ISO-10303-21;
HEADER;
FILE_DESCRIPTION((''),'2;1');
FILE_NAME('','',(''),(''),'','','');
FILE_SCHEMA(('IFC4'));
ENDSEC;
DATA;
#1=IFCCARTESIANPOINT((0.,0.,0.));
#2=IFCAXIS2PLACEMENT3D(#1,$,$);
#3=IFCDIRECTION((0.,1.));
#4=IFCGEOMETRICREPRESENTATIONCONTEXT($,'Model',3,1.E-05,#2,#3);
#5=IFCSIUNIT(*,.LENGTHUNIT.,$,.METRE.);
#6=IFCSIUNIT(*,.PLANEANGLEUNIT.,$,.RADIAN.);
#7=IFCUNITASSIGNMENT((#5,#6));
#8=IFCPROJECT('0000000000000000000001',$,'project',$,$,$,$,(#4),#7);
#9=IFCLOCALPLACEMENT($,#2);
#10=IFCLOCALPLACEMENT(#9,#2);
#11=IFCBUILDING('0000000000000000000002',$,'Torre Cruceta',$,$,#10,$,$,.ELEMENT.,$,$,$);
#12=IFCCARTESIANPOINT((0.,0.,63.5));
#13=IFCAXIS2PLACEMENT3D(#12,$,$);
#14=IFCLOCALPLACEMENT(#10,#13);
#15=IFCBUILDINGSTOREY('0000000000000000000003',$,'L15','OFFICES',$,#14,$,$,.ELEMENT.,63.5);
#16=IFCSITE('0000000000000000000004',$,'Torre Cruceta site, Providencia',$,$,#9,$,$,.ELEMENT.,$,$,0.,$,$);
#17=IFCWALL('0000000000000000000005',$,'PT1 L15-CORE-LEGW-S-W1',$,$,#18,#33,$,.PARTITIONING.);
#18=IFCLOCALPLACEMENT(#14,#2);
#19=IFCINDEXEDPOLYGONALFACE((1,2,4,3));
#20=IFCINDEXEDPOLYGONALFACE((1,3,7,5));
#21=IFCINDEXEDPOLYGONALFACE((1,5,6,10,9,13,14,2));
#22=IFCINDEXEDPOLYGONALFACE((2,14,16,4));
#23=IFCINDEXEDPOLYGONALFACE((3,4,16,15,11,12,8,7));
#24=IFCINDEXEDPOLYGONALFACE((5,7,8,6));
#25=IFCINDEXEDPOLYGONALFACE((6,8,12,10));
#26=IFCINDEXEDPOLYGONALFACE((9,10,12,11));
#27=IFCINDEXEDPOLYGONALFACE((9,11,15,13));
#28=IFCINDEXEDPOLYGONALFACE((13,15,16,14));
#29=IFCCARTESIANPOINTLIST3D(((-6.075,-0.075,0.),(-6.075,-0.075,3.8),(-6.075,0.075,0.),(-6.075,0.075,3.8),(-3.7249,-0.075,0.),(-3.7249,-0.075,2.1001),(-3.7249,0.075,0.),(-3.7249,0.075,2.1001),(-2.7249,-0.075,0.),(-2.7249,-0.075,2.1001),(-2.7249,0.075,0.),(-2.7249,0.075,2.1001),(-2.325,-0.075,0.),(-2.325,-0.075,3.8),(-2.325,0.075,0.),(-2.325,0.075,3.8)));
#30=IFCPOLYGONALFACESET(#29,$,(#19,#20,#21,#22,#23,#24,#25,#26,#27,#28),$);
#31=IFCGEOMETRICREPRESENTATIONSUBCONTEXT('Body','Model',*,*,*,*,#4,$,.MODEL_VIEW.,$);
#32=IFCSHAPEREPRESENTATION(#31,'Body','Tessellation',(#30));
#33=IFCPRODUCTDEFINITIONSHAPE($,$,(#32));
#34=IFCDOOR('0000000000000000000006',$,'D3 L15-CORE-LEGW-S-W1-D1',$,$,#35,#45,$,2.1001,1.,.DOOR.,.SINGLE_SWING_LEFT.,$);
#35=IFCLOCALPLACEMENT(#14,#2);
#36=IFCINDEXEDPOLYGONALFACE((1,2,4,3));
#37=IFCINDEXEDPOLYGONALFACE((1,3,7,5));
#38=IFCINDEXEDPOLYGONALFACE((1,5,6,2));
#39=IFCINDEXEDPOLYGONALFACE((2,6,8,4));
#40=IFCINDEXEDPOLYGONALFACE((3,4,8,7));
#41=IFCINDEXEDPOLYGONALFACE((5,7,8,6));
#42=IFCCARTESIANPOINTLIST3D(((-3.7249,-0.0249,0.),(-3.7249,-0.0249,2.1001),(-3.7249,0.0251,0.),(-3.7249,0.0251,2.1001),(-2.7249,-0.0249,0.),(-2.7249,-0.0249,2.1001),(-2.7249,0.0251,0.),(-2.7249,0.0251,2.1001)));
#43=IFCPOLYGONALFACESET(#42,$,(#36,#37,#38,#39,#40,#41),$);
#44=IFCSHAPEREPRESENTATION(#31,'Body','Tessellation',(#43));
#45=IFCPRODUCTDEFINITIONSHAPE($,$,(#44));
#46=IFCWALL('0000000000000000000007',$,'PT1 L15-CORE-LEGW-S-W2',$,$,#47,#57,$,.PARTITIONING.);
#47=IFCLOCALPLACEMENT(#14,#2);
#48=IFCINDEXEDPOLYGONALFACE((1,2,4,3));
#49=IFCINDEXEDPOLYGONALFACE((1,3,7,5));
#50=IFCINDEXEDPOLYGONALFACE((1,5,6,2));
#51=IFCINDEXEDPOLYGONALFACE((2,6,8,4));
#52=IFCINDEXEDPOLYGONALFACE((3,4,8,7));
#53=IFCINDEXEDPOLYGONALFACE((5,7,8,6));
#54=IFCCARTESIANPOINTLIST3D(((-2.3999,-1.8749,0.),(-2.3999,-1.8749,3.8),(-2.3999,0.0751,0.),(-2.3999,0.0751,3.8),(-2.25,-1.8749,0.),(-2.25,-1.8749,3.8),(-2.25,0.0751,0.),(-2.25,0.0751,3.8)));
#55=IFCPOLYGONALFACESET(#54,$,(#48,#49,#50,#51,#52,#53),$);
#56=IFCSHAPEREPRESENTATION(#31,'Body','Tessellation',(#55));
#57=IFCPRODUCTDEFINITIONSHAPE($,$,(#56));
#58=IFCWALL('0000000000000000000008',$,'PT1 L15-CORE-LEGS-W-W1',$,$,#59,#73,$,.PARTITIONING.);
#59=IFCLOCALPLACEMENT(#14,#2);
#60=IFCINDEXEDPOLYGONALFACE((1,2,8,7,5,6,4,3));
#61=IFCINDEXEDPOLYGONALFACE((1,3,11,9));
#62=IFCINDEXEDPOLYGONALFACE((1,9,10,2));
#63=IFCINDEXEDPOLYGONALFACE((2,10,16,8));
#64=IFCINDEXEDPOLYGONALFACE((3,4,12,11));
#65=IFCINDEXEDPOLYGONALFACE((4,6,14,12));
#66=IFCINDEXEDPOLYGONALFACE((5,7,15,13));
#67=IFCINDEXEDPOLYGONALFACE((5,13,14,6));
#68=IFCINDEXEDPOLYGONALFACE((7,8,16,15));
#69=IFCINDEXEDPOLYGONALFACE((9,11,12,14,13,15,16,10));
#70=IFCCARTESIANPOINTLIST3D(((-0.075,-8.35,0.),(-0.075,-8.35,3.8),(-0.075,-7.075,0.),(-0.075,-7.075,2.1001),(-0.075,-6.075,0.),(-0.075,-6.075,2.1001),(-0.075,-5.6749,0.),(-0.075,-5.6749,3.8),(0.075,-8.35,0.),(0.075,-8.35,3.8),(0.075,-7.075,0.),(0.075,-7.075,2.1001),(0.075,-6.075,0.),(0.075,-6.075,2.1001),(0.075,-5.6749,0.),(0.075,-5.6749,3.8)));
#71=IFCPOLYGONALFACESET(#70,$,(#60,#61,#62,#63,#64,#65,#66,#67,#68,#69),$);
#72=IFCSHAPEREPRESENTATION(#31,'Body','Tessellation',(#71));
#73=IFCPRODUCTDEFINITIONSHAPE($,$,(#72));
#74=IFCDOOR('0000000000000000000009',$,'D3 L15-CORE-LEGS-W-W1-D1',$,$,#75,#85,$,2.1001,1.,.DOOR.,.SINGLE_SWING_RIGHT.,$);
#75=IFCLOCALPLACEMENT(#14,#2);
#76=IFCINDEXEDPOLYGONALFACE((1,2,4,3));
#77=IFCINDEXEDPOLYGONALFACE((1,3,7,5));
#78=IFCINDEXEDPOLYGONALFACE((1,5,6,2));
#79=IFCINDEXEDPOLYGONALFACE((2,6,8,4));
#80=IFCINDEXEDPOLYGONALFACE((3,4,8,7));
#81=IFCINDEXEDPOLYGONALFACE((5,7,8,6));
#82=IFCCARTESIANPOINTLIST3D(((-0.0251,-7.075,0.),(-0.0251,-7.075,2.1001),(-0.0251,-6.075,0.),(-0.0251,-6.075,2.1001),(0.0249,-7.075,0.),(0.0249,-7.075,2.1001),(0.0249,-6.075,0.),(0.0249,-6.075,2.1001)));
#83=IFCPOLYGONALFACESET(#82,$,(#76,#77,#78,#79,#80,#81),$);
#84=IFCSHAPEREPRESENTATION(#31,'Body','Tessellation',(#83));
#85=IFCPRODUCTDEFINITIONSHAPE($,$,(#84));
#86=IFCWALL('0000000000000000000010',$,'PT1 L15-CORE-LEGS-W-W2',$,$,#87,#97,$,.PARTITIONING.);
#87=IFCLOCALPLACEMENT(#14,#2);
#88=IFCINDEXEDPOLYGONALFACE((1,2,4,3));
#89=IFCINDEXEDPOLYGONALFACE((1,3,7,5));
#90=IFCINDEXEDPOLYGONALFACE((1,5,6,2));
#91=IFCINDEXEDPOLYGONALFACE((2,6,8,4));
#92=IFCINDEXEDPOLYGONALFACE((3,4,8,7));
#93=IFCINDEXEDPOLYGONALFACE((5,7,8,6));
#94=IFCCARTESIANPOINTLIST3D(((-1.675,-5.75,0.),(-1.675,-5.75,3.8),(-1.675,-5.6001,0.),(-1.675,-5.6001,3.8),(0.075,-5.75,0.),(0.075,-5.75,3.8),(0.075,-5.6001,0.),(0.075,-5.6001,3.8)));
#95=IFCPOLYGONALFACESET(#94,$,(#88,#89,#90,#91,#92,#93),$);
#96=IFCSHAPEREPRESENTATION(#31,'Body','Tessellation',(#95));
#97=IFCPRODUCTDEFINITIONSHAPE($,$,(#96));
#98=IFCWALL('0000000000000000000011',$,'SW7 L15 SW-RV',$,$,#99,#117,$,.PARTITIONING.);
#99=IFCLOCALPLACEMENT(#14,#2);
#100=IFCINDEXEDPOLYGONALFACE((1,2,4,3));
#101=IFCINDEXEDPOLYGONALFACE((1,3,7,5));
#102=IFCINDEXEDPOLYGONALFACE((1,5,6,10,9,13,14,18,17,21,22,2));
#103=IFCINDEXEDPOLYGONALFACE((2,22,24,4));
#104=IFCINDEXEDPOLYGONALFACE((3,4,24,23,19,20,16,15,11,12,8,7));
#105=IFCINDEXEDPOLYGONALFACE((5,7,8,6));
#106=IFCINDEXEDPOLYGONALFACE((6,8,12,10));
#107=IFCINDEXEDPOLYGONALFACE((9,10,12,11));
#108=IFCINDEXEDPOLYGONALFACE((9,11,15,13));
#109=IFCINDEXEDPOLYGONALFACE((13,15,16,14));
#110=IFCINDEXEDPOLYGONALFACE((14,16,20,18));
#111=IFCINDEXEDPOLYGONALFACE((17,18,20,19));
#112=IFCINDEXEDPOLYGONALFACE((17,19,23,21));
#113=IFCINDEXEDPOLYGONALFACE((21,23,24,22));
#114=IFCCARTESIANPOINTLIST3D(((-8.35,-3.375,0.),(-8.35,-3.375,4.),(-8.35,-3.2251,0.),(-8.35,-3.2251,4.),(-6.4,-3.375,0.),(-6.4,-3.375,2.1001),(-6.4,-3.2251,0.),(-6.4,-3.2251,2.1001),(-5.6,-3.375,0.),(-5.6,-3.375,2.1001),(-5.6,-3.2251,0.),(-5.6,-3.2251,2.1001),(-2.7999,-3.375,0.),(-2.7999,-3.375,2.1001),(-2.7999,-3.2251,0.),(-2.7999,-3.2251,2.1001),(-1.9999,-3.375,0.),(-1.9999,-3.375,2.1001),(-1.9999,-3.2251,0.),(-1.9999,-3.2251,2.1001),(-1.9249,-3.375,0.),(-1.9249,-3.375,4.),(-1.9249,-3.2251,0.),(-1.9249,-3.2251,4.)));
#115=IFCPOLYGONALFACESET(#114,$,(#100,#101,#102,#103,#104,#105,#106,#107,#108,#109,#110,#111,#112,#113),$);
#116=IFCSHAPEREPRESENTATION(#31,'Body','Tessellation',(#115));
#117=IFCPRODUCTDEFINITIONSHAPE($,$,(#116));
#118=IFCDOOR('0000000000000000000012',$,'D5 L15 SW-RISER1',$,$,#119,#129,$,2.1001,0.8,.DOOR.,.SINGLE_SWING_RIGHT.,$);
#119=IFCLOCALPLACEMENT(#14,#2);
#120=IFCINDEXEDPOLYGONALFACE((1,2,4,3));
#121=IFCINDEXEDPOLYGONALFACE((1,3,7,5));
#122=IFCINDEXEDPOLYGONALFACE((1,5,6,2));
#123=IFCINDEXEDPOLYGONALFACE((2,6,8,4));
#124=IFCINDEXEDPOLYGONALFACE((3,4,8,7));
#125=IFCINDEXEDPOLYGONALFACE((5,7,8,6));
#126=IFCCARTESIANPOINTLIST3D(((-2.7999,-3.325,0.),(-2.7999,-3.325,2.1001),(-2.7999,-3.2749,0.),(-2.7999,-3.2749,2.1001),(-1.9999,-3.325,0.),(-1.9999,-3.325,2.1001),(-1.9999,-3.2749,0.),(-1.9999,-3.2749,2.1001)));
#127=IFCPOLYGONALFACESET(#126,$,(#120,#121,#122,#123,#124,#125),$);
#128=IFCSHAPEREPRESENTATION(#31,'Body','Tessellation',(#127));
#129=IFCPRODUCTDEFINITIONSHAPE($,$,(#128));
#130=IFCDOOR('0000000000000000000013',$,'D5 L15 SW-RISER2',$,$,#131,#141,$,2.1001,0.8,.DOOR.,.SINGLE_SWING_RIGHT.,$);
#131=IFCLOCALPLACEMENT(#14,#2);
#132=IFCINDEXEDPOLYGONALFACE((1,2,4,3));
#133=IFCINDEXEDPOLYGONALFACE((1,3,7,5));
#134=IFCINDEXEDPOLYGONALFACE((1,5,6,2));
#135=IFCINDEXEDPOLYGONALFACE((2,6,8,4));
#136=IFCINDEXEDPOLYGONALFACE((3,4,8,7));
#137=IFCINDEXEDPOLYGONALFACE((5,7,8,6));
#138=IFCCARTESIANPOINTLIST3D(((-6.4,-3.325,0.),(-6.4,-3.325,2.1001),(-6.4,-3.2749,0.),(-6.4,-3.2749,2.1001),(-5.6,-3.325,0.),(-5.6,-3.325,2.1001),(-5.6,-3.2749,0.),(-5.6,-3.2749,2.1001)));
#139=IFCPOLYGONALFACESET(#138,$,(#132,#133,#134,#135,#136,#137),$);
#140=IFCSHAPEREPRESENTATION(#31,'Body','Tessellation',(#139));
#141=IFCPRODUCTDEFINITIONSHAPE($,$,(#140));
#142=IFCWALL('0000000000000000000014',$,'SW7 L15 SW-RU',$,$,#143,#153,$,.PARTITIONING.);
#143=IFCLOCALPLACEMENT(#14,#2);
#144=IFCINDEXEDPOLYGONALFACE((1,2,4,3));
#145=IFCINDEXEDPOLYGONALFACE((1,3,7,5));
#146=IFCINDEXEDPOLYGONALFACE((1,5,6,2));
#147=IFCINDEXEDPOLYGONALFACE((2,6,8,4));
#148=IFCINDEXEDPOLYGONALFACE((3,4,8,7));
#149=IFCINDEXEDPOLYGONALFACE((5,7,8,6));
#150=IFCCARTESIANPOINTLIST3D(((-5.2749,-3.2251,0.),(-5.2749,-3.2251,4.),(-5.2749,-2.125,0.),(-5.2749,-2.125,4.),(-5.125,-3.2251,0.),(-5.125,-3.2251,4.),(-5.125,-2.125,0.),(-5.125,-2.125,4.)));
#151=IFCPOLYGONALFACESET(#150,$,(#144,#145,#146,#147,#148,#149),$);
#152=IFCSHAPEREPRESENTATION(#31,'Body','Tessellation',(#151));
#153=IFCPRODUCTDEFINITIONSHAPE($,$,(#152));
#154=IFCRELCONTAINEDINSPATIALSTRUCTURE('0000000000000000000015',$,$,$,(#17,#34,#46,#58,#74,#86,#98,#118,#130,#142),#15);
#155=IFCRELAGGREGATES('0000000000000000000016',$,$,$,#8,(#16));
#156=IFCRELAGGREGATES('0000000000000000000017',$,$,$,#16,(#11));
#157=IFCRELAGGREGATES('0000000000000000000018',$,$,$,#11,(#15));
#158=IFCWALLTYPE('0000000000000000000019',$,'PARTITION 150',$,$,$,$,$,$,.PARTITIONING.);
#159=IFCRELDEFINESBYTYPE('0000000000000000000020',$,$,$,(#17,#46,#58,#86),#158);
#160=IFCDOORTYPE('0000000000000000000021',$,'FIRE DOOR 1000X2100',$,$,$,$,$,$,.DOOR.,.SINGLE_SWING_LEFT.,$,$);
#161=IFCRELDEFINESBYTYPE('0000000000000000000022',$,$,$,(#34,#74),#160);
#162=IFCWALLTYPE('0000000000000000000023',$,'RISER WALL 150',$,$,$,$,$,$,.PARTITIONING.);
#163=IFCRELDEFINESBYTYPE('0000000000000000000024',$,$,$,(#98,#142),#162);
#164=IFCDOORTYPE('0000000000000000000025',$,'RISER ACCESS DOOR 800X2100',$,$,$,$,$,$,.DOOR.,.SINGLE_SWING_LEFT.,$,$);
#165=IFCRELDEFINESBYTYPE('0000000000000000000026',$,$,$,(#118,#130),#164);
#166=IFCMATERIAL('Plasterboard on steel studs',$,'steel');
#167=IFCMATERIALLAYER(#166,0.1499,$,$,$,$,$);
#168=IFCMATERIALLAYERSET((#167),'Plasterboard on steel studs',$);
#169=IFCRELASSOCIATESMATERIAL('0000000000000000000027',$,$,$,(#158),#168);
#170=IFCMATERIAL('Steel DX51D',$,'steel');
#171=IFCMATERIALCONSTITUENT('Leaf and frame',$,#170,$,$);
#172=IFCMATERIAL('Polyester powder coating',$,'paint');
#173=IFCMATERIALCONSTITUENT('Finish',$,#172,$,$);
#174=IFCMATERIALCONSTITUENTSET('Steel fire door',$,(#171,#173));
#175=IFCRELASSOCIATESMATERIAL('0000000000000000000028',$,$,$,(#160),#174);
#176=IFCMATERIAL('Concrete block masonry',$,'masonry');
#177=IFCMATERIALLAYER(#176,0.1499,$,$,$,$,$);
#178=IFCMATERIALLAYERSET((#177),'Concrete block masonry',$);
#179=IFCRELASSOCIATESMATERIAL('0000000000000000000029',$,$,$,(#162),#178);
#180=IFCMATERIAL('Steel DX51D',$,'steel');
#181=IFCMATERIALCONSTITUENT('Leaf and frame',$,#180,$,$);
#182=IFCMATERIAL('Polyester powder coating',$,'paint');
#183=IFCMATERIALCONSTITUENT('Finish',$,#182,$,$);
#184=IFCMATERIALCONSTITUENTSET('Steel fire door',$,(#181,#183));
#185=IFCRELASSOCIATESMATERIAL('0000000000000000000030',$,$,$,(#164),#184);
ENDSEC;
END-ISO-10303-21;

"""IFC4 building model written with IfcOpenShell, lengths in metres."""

from ifc_helpers import new_model, si_unit, direction, frame, frame_2d, origin, place, context, subcontext, project, spatial, rectangle, extrude, material, layer, layer_set, constituent, constituent_set, type_object, element, fill, save


model = new_model("IFC4")

# Units and contexts
model_context = context("Model", 3, precision=1e-05, world=origin(), true_north=direction((0.0, 1.0)))
body_context = subcontext(model_context, "Body", "Model", "MODEL_VIEW")
ifc_project = project(units=[si_unit("LENGTHUNIT", "METRE"), si_unit("PLANEANGLEUNIT", "RADIAN")], contexts=[model_context])

# Site, building, storey
site_placement = place(None, origin())
site = spatial("IfcSite", under=ifc_project, at=site_placement, Name="Torre Cruceta site, Providencia", CompositionType="ELEMENT", RefElevation=0.0)
building_placement = place(site_placement, origin())
building = spatial("IfcBuilding", under=site, at=building_placement, Name="Torre Cruceta", CompositionType="ELEMENT")
storey_placement = place(building_placement, frame((0.0, 0.0, 63.5)))
storey = spatial("IfcBuildingStorey", under=building, at=storey_placement, Name="L15", Description="OFFICES", CompositionType="ELEMENT", Elevation=63.5)

# Wall, opening, door
ifc_material_1 = material(Name="Plasterboard on steel studs", Category="steel")
ifc_layer_1 = layer(ifc_material_1, 0.1499)
ifc_layer_set_1 = layer_set([ifc_layer_1], Name="Plasterboard on steel studs")
wall_type_1 = type_object("IfcWallType", Name="PARTITION 150", PredefinedType="PARTITIONING", material=ifc_layer_set_1)
wall_1_placement = place(storey_placement, frame((-2.325, 0.0, 0.0), z_axis=(0.0, 0.0, 1.0), x_axis=(-1.0, 0.0, 0.0)))
wall_1 = element("IfcWall", 1, at=wall_1_placement, inside=storey, type_object=wall_type_1, Name="PT1 L15-CORE-LEGW-S-W1", PredefinedType="PARTITIONING", context=body_context, shape_type="SweptSolid", body=[
    extrude(rectangle(XDim=3.75, YDim=0.1499, at=frame_2d((1.875, 0.0))), origin(), (0.0, 0.0, 1.0), 3.8),
])
opening_1_placement = place(wall_1_placement, frame((0.3999, 0.0, 0.0)))
opening_1 = element("IfcOpeningElement", 2, at=opening_1_placement, cuts=wall_1, PredefinedType="OPENING", context=body_context, shape_type="SweptSolid", body=[
    extrude(rectangle(XDim=1.0, YDim=2.1001, at=frame_2d((0.5, 1.05))), frame((0.0, 0.085, 0.0), z_axis=(0.0, -1.0, 0.0), x_axis=(1.0, 0.0, 0.0)), (0.0, 0.0, 1.0), 0.1699),
])
ifc_material_2 = material(Name="Steel DX51D", Category="steel")
ifc_constituent_1 = constituent(ifc_material_2, Name="Leaf and frame")
ifc_material_3 = material(Name="Polyester powder coating", Category="paint")
ifc_constituent_2 = constituent(ifc_material_3, Name="Finish")
ifc_constituent_set_1 = constituent_set(constituents=[ifc_constituent_1, ifc_constituent_2], Name="Steel fire door")
door_type_1 = type_object("IfcDoorType", Name="FIRE DOOR 1000X2100", OperationType="SINGLE_SWING_LEFT", PredefinedType="DOOR", material=ifc_constituent_set_1)
door_1_placement = place(opening_1_placement, origin())
door_1 = element("IfcDoor", 3, at=door_1_placement, inside=storey, type_object=door_type_1, Name="D3 L15-CORE-LEGW-S-W1-D1", OperationType="SINGLE_SWING_LEFT", OverallHeight=2.1001, OverallWidth=1.0, PredefinedType="DOOR", context=body_context, shape_type="SweptSolid", body=[
    extrude(rectangle(XDim=1.0, YDim=2.1001, at=frame_2d((0.5, 1.05))), frame((0.0, 0.0249, 0.0), z_axis=(0.0, -1.0, 0.0), x_axis=(1.0, 0.0, 0.0)), (0.0, 0.0, 1.0), 0.05),
])
fill(opening_1, door_1)

# Wall
wall_2_placement = place(storey_placement, frame((-2.325, -1.875, 0.0), z_axis=(0.0, 0.0, 1.0), x_axis=(0.0, 1.0, 0.0)))
element("IfcWall", 4, at=wall_2_placement, inside=storey, type_object=wall_type_1, Name="PT1 L15-CORE-LEGW-S-W2", PredefinedType="PARTITIONING", context=body_context, shape_type="SweptSolid", body=[
    extrude(rectangle(XDim=1.95, YDim=0.1499, at=frame_2d((0.9751, 0.0))), origin(), (0.0, 0.0, 1.0), 3.8),
])

# Wall, opening, door
wall_3_placement = place(storey_placement, frame((0.0, -5.675, 0.0), z_axis=(0.0, 0.0, 1.0), x_axis=(0.0, -1.0, 0.0)))
wall_3 = element("IfcWall", 5, at=wall_3_placement, inside=storey, type_object=wall_type_1, Name="PT1 L15-CORE-LEGS-W-W1", PredefinedType="PARTITIONING", context=body_context, shape_type="SweptSolid", body=[
    extrude(rectangle(XDim=2.675, YDim=0.1499, at=frame_2d((1.3374, 0.0))), origin(), (0.0, 0.0, 1.0), 3.8),
])
opening_2_placement = place(wall_3_placement, frame((0.3999, 0.0, 0.0)))
opening_2 = element("IfcOpeningElement", 6, at=opening_2_placement, cuts=wall_3, PredefinedType="OPENING", context=body_context, shape_type="SweptSolid", body=[
    extrude(rectangle(XDim=1.0, YDim=2.1001, at=frame_2d((0.5, 1.05))), frame((0.0, 0.085, 0.0), z_axis=(0.0, -1.0, 0.0), x_axis=(1.0, 0.0, 0.0)), (0.0, 0.0, 1.0), 0.1699),
])
door_2_placement = place(opening_2_placement, frame((1.0, 0.0, 0.0), z_axis=(0.0, 0.0, 1.0), x_axis=(-1.0, 0.0, 0.0)))
door_2 = element("IfcDoor", 7, at=door_2_placement, inside=storey, type_object=door_type_1, Name="D3 L15-CORE-LEGS-W-W1-D1", OperationType="SINGLE_SWING_RIGHT", OverallHeight=2.1001, OverallWidth=1.0, PredefinedType="DOOR", context=body_context, shape_type="SweptSolid", body=[
    extrude(rectangle(XDim=1.0, YDim=2.1001, at=frame_2d((0.5, 1.05))), frame((0.0, 0.0251, 0.0), z_axis=(0.0, -1.0, 0.0), x_axis=(1.0, 0.0, 0.0)), (0.0, 0.0, 1.0), 0.05),
])
fill(opening_2, door_2)

# Wall
wall_4_placement = place(storey_placement, frame((-1.675, -5.675, 0.0), z_axis=(0.0, 0.0, 1.0), x_axis=(1.0, 0.0, 0.0)))
element("IfcWall", 8, at=wall_4_placement, inside=storey, type_object=wall_type_1, Name="PT1 L15-CORE-LEGS-W-W2", PredefinedType="PARTITIONING", context=body_context, shape_type="SweptSolid", body=[
    extrude(rectangle(XDim=1.75, YDim=0.1499, at=frame_2d((0.875, 0.0))), origin(), (0.0, 0.0, 1.0), 3.8),
])

# Wall, openings, doors
ifc_material_4 = material(Name="Concrete block masonry", Category="masonry")
ifc_layer_2 = layer(ifc_material_4, 0.1499)
ifc_layer_set_2 = layer_set([ifc_layer_2], Name="Concrete block masonry")
wall_type_2 = type_object("IfcWallType", Name="RISER WALL 150", PredefinedType="PARTITIONING", material=ifc_layer_set_2)
wall_5_placement = place(storey_placement, frame((-1.925, -3.3, 0.0), z_axis=(0.0, 0.0, 1.0), x_axis=(-1.0, 0.0, 0.0)))
wall_5 = element("IfcWall", 9, at=wall_5_placement, inside=storey, type_object=wall_type_2, Name="SW7 L15 SW-RV", PredefinedType="PARTITIONING", context=body_context, shape_type="SweptSolid", body=[
    extrude(rectangle(XDim=6.425, YDim=0.1499, at=frame_2d((3.2124, 0.0))), origin(), (0.0, 0.0, 1.0), 4.0),
])
opening_3_placement = place(wall_5_placement, frame((0.075, 0.0, 0.0)))
opening_3 = element("IfcOpeningElement", 10, at=opening_3_placement, cuts=wall_5, PredefinedType="OPENING", context=body_context, shape_type="SweptSolid", body=[
    extrude(rectangle(XDim=0.8, YDim=2.1001, at=frame_2d((0.3999, 1.05))), frame((0.0, 0.085, 0.0), z_axis=(0.0, -1.0, 0.0), x_axis=(1.0, 0.0, 0.0)), (0.0, 0.0, 1.0), 0.1699),
])
opening_4_placement = place(wall_5_placement, frame((3.675, 0.0, 0.0)))
opening_4 = element("IfcOpeningElement", 11, at=opening_4_placement, cuts=wall_5, PredefinedType="OPENING", context=body_context, shape_type="SweptSolid", body=[
    extrude(rectangle(XDim=0.8, YDim=2.1001, at=frame_2d((0.3999, 1.05))), frame((0.0, 0.085, 0.0), z_axis=(0.0, -1.0, 0.0), x_axis=(1.0, 0.0, 0.0)), (0.0, 0.0, 1.0), 0.1699),
])
ifc_material_5 = material(Name="Steel DX51D", Category="steel")
ifc_constituent_3 = constituent(ifc_material_5, Name="Leaf and frame")
ifc_material_6 = material(Name="Polyester powder coating", Category="paint")
ifc_constituent_4 = constituent(ifc_material_6, Name="Finish")
ifc_constituent_set_2 = constituent_set(constituents=[ifc_constituent_3, ifc_constituent_4], Name="Steel fire door")
door_type_2 = type_object("IfcDoorType", Name="RISER ACCESS DOOR 800X2100", OperationType="SINGLE_SWING_LEFT", PredefinedType="DOOR", material=ifc_constituent_set_2)
door_3_placement = place(opening_3_placement, frame((0.8, 0.0, 0.0), z_axis=(0.0, 0.0, 1.0), x_axis=(-1.0, 0.0, 0.0)))
door_3 = element("IfcDoor", 12, at=door_3_placement, inside=storey, type_object=door_type_2, Name="D5 L15 SW-RISER1", OperationType="SINGLE_SWING_RIGHT", OverallHeight=2.1001, OverallWidth=0.8, PredefinedType="DOOR", context=body_context, shape_type="SweptSolid", body=[
    extrude(rectangle(XDim=0.8, YDim=2.1001, at=frame_2d((0.4001, 1.05))), frame((0.0, 0.0251, 0.0), z_axis=(0.0, -1.0, 0.0), x_axis=(1.0, 0.0, 0.0)), (0.0, 0.0, 1.0), 0.05),
])
fill(opening_3, door_3)
door_4_placement = place(opening_4_placement, frame((0.8, 0.0, 0.0), z_axis=(0.0, 0.0, 1.0), x_axis=(-1.0, 0.0, 0.0)))
door_4 = element("IfcDoor", 13, at=door_4_placement, inside=storey, type_object=door_type_2, Name="D5 L15 SW-RISER2", OperationType="SINGLE_SWING_RIGHT", OverallHeight=2.1001, OverallWidth=0.8, PredefinedType="DOOR", context=body_context, shape_type="SweptSolid", body=[
    extrude(rectangle(XDim=0.8, YDim=2.1001, at=frame_2d((0.4001, 1.05))), frame((0.0, 0.0251, 0.0), z_axis=(0.0, -1.0, 0.0), x_axis=(1.0, 0.0, 0.0)), (0.0, 0.0, 1.0), 0.05),
])
fill(opening_4, door_4)

# Wall
wall_6_placement = place(storey_placement, frame((-5.2, -2.125, 0.0), z_axis=(0.0, 0.0, 1.0), x_axis=(0.0, -1.0, 0.0)))
element("IfcWall", 14, at=wall_6_placement, inside=storey, type_object=wall_type_2, Name="SW7 L15 SW-RU", PredefinedType="PARTITIONING", context=body_context, shape_type="SweptSolid", body=[
    extrude(rectangle(XDim=1.1001, YDim=0.1499, at=frame_2d((0.55, 0.0))), origin(), (0.0, 0.0, 1.0), 4.0),
])

save(model, "model.ifc")
